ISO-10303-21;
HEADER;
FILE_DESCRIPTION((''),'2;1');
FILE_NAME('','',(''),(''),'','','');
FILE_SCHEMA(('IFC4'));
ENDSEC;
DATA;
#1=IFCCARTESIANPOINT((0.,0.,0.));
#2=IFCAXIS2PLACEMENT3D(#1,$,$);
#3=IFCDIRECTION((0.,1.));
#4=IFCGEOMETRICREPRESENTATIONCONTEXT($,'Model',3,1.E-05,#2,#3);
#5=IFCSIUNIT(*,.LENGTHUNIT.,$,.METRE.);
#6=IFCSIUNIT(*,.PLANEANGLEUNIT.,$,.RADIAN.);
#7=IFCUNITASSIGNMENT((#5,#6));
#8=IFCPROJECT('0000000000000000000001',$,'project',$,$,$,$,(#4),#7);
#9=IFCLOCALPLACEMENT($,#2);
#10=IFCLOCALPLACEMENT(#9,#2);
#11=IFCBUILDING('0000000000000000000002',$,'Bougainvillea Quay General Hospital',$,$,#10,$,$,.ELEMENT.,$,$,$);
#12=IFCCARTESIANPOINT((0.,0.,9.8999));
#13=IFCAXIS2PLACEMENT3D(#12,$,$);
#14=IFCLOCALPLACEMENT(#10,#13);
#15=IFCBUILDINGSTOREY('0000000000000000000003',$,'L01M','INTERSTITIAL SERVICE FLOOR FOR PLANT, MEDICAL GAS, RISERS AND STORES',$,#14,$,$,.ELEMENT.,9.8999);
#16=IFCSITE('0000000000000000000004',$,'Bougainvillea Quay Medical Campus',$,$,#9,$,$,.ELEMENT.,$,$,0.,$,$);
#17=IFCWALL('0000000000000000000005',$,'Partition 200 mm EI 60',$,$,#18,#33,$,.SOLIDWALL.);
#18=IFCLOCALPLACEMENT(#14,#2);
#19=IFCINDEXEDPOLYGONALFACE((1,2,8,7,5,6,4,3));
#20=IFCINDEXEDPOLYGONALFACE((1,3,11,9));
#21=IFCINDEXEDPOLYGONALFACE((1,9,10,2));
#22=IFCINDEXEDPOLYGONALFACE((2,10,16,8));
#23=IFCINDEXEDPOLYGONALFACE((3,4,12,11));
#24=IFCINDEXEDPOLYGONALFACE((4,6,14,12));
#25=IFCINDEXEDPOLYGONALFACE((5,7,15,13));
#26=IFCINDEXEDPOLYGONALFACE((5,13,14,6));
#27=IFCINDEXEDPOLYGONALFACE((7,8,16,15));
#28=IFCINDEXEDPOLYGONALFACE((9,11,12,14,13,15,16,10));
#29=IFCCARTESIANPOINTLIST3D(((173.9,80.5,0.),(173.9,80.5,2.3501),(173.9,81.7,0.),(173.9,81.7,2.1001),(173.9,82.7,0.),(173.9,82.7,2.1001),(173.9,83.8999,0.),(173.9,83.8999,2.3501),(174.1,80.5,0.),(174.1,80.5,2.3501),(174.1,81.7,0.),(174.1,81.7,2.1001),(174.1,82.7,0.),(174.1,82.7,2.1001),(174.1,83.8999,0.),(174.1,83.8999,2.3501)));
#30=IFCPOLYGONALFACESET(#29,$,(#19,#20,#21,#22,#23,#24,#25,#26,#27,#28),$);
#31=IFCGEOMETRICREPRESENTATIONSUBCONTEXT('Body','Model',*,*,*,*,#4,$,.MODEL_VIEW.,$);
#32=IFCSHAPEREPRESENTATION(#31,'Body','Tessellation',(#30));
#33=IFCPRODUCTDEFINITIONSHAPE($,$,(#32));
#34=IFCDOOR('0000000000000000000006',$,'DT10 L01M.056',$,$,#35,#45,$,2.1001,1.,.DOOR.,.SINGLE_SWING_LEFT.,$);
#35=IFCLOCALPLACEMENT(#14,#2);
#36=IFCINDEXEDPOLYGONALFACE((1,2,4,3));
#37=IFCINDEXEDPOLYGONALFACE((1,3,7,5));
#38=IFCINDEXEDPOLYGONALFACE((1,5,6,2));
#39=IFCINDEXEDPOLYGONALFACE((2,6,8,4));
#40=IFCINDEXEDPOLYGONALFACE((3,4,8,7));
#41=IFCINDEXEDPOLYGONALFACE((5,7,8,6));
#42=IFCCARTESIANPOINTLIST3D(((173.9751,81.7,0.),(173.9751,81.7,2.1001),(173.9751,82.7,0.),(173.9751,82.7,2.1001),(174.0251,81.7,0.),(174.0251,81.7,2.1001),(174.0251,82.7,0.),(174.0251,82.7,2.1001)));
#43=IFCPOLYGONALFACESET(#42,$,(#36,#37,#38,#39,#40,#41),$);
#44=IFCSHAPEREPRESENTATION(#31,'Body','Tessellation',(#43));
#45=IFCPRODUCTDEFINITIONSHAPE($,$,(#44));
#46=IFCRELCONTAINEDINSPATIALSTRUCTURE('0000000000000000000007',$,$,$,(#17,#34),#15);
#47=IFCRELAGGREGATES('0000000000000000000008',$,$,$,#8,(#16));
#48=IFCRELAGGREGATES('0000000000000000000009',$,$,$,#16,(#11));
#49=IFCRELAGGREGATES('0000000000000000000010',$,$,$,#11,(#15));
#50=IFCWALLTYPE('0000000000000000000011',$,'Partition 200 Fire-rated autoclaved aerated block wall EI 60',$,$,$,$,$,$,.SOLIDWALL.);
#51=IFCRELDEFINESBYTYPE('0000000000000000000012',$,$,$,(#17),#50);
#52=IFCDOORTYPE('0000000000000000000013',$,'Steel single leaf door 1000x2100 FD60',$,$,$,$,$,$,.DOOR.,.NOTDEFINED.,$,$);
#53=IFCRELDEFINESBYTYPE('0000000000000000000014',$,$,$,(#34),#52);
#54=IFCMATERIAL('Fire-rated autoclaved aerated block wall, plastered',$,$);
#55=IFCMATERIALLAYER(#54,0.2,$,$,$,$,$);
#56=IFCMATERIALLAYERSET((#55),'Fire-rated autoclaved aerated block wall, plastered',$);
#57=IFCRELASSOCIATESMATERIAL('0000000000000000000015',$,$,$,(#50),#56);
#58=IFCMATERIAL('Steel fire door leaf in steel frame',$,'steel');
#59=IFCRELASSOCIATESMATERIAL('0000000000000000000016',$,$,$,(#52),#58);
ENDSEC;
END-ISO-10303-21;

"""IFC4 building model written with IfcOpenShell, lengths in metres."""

from ifc_helpers import new_model, si_unit, direction, frame, frame_2d, origin, place, context, subcontext, project, spatial, rectangle, extrude, material, layer, layer_set, type_object, element, fill, save


model = new_model("IFC4")

# Units and contexts
model_context = context("Model", 3, precision=1e-05, world=origin(), true_north=direction((0.0, 1.0)))
body_context = subcontext(model_context, "Body", "Model", "MODEL_VIEW")
ifc_project = project(units=[si_unit("LENGTHUNIT", "METRE"), si_unit("PLANEANGLEUNIT", "RADIAN")], contexts=[model_context])

# Site, building, storey
site_placement = place(None, origin())
site = spatial("IfcSite", under=ifc_project, at=site_placement, Name="Bougainvillea Quay Medical Campus", CompositionType="ELEMENT", RefElevation=0.0)
building_placement = place(site_placement, origin())
building = spatial("IfcBuilding", under=site, at=building_placement, Name="Bougainvillea Quay General Hospital", CompositionType="ELEMENT")
storey_placement = place(building_placement, frame((0.0, 0.0, 9.8999)))
storey = spatial("IfcBuildingStorey", under=building, at=storey_placement, Name="L01M", Description="INTERSTITIAL SERVICE FLOOR FOR PLANT, MEDICAL GAS, RISERS AND STORES", CompositionType="ELEMENT", Elevation=9.8999)

# Shared definitions
ifc_material_1 = material(Name="Fire-rated autoclaved aerated block wall, plastered")
ifc_layer_1 = layer(ifc_material_1, 0.2)
ifc_layer_set_1 = layer_set([ifc_layer_1], Name="Fire-rated autoclaved aerated block wall, plastered")
wall_type_1 = type_object("IfcWallType", Name="Partition 200 Fire-rated autoclaved aerated block wall EI 60", PredefinedType="SOLIDWALL", material=ifc_layer_set_1)

# Wall, opening, door
wall_1_placement = place(storey_placement, frame((174.0, 80.5, 0.0), z_axis=(0.0, 0.0, 1.0), x_axis=(0.0, 1.0, 0.0)))
wall_1 = element("IfcWall", 1, at=wall_1_placement, inside=storey, type_object=wall_type_1, Name="Partition 200 mm EI 60", PredefinedType="SOLIDWALL", context=body_context, shape_type="SweptSolid", body=[
    extrude(rectangle(XDim=3.3999, YDim=0.2, at=frame_2d((1.7, 0.0))), origin(), (0.0, 0.0, 1.0), 2.3501),
])
opening_1_placement = place(wall_1_placement, frame((1.2, 0.0, 0.0)))
opening_1 = element("IfcOpeningElement", 2, at=opening_1_placement, cuts=wall_1, PredefinedType="OPENING", context=body_context, shape_type="SweptSolid", body=[
    extrude(rectangle(XDim=1.0, YDim=2.1001, at=frame_2d((0.5, 1.05))), frame((0.0, 0.1099, 0.0), z_axis=(0.0, -1.0, 0.0), x_axis=(1.0, 0.0, 0.0)), (0.0, 0.0, 1.0), 0.22),
])
ifc_material_2 = material(Name="Steel fire door leaf in steel frame", Category="steel")
door_type_1 = type_object("IfcDoorType", Name="Steel single leaf door 1000x2100 FD60", OperationType="NOTDEFINED", PredefinedType="DOOR", material=ifc_material_2)
door_1_placement = place(opening_1_placement, origin())
door_1 = element("IfcDoor", 3, at=door_1_placement, inside=storey, type_object=door_type_1, Name="DT10 L01M.056", OperationType="SINGLE_SWING_LEFT", OverallHeight=2.1001, OverallWidth=1.0, PredefinedType="DOOR", context=body_context, shape_type="SweptSolid", body=[
    extrude(rectangle(XDim=1.0, YDim=2.1001, at=frame_2d((0.5, 1.05))), frame((0.0, 0.0249, 0.0), z_axis=(0.0, -1.0, 0.0), x_axis=(1.0, 0.0, 0.0)), (0.0, 0.0, 1.0), 0.05),
])
fill(opening_1, door_1)

save(model, "model.ifc")
